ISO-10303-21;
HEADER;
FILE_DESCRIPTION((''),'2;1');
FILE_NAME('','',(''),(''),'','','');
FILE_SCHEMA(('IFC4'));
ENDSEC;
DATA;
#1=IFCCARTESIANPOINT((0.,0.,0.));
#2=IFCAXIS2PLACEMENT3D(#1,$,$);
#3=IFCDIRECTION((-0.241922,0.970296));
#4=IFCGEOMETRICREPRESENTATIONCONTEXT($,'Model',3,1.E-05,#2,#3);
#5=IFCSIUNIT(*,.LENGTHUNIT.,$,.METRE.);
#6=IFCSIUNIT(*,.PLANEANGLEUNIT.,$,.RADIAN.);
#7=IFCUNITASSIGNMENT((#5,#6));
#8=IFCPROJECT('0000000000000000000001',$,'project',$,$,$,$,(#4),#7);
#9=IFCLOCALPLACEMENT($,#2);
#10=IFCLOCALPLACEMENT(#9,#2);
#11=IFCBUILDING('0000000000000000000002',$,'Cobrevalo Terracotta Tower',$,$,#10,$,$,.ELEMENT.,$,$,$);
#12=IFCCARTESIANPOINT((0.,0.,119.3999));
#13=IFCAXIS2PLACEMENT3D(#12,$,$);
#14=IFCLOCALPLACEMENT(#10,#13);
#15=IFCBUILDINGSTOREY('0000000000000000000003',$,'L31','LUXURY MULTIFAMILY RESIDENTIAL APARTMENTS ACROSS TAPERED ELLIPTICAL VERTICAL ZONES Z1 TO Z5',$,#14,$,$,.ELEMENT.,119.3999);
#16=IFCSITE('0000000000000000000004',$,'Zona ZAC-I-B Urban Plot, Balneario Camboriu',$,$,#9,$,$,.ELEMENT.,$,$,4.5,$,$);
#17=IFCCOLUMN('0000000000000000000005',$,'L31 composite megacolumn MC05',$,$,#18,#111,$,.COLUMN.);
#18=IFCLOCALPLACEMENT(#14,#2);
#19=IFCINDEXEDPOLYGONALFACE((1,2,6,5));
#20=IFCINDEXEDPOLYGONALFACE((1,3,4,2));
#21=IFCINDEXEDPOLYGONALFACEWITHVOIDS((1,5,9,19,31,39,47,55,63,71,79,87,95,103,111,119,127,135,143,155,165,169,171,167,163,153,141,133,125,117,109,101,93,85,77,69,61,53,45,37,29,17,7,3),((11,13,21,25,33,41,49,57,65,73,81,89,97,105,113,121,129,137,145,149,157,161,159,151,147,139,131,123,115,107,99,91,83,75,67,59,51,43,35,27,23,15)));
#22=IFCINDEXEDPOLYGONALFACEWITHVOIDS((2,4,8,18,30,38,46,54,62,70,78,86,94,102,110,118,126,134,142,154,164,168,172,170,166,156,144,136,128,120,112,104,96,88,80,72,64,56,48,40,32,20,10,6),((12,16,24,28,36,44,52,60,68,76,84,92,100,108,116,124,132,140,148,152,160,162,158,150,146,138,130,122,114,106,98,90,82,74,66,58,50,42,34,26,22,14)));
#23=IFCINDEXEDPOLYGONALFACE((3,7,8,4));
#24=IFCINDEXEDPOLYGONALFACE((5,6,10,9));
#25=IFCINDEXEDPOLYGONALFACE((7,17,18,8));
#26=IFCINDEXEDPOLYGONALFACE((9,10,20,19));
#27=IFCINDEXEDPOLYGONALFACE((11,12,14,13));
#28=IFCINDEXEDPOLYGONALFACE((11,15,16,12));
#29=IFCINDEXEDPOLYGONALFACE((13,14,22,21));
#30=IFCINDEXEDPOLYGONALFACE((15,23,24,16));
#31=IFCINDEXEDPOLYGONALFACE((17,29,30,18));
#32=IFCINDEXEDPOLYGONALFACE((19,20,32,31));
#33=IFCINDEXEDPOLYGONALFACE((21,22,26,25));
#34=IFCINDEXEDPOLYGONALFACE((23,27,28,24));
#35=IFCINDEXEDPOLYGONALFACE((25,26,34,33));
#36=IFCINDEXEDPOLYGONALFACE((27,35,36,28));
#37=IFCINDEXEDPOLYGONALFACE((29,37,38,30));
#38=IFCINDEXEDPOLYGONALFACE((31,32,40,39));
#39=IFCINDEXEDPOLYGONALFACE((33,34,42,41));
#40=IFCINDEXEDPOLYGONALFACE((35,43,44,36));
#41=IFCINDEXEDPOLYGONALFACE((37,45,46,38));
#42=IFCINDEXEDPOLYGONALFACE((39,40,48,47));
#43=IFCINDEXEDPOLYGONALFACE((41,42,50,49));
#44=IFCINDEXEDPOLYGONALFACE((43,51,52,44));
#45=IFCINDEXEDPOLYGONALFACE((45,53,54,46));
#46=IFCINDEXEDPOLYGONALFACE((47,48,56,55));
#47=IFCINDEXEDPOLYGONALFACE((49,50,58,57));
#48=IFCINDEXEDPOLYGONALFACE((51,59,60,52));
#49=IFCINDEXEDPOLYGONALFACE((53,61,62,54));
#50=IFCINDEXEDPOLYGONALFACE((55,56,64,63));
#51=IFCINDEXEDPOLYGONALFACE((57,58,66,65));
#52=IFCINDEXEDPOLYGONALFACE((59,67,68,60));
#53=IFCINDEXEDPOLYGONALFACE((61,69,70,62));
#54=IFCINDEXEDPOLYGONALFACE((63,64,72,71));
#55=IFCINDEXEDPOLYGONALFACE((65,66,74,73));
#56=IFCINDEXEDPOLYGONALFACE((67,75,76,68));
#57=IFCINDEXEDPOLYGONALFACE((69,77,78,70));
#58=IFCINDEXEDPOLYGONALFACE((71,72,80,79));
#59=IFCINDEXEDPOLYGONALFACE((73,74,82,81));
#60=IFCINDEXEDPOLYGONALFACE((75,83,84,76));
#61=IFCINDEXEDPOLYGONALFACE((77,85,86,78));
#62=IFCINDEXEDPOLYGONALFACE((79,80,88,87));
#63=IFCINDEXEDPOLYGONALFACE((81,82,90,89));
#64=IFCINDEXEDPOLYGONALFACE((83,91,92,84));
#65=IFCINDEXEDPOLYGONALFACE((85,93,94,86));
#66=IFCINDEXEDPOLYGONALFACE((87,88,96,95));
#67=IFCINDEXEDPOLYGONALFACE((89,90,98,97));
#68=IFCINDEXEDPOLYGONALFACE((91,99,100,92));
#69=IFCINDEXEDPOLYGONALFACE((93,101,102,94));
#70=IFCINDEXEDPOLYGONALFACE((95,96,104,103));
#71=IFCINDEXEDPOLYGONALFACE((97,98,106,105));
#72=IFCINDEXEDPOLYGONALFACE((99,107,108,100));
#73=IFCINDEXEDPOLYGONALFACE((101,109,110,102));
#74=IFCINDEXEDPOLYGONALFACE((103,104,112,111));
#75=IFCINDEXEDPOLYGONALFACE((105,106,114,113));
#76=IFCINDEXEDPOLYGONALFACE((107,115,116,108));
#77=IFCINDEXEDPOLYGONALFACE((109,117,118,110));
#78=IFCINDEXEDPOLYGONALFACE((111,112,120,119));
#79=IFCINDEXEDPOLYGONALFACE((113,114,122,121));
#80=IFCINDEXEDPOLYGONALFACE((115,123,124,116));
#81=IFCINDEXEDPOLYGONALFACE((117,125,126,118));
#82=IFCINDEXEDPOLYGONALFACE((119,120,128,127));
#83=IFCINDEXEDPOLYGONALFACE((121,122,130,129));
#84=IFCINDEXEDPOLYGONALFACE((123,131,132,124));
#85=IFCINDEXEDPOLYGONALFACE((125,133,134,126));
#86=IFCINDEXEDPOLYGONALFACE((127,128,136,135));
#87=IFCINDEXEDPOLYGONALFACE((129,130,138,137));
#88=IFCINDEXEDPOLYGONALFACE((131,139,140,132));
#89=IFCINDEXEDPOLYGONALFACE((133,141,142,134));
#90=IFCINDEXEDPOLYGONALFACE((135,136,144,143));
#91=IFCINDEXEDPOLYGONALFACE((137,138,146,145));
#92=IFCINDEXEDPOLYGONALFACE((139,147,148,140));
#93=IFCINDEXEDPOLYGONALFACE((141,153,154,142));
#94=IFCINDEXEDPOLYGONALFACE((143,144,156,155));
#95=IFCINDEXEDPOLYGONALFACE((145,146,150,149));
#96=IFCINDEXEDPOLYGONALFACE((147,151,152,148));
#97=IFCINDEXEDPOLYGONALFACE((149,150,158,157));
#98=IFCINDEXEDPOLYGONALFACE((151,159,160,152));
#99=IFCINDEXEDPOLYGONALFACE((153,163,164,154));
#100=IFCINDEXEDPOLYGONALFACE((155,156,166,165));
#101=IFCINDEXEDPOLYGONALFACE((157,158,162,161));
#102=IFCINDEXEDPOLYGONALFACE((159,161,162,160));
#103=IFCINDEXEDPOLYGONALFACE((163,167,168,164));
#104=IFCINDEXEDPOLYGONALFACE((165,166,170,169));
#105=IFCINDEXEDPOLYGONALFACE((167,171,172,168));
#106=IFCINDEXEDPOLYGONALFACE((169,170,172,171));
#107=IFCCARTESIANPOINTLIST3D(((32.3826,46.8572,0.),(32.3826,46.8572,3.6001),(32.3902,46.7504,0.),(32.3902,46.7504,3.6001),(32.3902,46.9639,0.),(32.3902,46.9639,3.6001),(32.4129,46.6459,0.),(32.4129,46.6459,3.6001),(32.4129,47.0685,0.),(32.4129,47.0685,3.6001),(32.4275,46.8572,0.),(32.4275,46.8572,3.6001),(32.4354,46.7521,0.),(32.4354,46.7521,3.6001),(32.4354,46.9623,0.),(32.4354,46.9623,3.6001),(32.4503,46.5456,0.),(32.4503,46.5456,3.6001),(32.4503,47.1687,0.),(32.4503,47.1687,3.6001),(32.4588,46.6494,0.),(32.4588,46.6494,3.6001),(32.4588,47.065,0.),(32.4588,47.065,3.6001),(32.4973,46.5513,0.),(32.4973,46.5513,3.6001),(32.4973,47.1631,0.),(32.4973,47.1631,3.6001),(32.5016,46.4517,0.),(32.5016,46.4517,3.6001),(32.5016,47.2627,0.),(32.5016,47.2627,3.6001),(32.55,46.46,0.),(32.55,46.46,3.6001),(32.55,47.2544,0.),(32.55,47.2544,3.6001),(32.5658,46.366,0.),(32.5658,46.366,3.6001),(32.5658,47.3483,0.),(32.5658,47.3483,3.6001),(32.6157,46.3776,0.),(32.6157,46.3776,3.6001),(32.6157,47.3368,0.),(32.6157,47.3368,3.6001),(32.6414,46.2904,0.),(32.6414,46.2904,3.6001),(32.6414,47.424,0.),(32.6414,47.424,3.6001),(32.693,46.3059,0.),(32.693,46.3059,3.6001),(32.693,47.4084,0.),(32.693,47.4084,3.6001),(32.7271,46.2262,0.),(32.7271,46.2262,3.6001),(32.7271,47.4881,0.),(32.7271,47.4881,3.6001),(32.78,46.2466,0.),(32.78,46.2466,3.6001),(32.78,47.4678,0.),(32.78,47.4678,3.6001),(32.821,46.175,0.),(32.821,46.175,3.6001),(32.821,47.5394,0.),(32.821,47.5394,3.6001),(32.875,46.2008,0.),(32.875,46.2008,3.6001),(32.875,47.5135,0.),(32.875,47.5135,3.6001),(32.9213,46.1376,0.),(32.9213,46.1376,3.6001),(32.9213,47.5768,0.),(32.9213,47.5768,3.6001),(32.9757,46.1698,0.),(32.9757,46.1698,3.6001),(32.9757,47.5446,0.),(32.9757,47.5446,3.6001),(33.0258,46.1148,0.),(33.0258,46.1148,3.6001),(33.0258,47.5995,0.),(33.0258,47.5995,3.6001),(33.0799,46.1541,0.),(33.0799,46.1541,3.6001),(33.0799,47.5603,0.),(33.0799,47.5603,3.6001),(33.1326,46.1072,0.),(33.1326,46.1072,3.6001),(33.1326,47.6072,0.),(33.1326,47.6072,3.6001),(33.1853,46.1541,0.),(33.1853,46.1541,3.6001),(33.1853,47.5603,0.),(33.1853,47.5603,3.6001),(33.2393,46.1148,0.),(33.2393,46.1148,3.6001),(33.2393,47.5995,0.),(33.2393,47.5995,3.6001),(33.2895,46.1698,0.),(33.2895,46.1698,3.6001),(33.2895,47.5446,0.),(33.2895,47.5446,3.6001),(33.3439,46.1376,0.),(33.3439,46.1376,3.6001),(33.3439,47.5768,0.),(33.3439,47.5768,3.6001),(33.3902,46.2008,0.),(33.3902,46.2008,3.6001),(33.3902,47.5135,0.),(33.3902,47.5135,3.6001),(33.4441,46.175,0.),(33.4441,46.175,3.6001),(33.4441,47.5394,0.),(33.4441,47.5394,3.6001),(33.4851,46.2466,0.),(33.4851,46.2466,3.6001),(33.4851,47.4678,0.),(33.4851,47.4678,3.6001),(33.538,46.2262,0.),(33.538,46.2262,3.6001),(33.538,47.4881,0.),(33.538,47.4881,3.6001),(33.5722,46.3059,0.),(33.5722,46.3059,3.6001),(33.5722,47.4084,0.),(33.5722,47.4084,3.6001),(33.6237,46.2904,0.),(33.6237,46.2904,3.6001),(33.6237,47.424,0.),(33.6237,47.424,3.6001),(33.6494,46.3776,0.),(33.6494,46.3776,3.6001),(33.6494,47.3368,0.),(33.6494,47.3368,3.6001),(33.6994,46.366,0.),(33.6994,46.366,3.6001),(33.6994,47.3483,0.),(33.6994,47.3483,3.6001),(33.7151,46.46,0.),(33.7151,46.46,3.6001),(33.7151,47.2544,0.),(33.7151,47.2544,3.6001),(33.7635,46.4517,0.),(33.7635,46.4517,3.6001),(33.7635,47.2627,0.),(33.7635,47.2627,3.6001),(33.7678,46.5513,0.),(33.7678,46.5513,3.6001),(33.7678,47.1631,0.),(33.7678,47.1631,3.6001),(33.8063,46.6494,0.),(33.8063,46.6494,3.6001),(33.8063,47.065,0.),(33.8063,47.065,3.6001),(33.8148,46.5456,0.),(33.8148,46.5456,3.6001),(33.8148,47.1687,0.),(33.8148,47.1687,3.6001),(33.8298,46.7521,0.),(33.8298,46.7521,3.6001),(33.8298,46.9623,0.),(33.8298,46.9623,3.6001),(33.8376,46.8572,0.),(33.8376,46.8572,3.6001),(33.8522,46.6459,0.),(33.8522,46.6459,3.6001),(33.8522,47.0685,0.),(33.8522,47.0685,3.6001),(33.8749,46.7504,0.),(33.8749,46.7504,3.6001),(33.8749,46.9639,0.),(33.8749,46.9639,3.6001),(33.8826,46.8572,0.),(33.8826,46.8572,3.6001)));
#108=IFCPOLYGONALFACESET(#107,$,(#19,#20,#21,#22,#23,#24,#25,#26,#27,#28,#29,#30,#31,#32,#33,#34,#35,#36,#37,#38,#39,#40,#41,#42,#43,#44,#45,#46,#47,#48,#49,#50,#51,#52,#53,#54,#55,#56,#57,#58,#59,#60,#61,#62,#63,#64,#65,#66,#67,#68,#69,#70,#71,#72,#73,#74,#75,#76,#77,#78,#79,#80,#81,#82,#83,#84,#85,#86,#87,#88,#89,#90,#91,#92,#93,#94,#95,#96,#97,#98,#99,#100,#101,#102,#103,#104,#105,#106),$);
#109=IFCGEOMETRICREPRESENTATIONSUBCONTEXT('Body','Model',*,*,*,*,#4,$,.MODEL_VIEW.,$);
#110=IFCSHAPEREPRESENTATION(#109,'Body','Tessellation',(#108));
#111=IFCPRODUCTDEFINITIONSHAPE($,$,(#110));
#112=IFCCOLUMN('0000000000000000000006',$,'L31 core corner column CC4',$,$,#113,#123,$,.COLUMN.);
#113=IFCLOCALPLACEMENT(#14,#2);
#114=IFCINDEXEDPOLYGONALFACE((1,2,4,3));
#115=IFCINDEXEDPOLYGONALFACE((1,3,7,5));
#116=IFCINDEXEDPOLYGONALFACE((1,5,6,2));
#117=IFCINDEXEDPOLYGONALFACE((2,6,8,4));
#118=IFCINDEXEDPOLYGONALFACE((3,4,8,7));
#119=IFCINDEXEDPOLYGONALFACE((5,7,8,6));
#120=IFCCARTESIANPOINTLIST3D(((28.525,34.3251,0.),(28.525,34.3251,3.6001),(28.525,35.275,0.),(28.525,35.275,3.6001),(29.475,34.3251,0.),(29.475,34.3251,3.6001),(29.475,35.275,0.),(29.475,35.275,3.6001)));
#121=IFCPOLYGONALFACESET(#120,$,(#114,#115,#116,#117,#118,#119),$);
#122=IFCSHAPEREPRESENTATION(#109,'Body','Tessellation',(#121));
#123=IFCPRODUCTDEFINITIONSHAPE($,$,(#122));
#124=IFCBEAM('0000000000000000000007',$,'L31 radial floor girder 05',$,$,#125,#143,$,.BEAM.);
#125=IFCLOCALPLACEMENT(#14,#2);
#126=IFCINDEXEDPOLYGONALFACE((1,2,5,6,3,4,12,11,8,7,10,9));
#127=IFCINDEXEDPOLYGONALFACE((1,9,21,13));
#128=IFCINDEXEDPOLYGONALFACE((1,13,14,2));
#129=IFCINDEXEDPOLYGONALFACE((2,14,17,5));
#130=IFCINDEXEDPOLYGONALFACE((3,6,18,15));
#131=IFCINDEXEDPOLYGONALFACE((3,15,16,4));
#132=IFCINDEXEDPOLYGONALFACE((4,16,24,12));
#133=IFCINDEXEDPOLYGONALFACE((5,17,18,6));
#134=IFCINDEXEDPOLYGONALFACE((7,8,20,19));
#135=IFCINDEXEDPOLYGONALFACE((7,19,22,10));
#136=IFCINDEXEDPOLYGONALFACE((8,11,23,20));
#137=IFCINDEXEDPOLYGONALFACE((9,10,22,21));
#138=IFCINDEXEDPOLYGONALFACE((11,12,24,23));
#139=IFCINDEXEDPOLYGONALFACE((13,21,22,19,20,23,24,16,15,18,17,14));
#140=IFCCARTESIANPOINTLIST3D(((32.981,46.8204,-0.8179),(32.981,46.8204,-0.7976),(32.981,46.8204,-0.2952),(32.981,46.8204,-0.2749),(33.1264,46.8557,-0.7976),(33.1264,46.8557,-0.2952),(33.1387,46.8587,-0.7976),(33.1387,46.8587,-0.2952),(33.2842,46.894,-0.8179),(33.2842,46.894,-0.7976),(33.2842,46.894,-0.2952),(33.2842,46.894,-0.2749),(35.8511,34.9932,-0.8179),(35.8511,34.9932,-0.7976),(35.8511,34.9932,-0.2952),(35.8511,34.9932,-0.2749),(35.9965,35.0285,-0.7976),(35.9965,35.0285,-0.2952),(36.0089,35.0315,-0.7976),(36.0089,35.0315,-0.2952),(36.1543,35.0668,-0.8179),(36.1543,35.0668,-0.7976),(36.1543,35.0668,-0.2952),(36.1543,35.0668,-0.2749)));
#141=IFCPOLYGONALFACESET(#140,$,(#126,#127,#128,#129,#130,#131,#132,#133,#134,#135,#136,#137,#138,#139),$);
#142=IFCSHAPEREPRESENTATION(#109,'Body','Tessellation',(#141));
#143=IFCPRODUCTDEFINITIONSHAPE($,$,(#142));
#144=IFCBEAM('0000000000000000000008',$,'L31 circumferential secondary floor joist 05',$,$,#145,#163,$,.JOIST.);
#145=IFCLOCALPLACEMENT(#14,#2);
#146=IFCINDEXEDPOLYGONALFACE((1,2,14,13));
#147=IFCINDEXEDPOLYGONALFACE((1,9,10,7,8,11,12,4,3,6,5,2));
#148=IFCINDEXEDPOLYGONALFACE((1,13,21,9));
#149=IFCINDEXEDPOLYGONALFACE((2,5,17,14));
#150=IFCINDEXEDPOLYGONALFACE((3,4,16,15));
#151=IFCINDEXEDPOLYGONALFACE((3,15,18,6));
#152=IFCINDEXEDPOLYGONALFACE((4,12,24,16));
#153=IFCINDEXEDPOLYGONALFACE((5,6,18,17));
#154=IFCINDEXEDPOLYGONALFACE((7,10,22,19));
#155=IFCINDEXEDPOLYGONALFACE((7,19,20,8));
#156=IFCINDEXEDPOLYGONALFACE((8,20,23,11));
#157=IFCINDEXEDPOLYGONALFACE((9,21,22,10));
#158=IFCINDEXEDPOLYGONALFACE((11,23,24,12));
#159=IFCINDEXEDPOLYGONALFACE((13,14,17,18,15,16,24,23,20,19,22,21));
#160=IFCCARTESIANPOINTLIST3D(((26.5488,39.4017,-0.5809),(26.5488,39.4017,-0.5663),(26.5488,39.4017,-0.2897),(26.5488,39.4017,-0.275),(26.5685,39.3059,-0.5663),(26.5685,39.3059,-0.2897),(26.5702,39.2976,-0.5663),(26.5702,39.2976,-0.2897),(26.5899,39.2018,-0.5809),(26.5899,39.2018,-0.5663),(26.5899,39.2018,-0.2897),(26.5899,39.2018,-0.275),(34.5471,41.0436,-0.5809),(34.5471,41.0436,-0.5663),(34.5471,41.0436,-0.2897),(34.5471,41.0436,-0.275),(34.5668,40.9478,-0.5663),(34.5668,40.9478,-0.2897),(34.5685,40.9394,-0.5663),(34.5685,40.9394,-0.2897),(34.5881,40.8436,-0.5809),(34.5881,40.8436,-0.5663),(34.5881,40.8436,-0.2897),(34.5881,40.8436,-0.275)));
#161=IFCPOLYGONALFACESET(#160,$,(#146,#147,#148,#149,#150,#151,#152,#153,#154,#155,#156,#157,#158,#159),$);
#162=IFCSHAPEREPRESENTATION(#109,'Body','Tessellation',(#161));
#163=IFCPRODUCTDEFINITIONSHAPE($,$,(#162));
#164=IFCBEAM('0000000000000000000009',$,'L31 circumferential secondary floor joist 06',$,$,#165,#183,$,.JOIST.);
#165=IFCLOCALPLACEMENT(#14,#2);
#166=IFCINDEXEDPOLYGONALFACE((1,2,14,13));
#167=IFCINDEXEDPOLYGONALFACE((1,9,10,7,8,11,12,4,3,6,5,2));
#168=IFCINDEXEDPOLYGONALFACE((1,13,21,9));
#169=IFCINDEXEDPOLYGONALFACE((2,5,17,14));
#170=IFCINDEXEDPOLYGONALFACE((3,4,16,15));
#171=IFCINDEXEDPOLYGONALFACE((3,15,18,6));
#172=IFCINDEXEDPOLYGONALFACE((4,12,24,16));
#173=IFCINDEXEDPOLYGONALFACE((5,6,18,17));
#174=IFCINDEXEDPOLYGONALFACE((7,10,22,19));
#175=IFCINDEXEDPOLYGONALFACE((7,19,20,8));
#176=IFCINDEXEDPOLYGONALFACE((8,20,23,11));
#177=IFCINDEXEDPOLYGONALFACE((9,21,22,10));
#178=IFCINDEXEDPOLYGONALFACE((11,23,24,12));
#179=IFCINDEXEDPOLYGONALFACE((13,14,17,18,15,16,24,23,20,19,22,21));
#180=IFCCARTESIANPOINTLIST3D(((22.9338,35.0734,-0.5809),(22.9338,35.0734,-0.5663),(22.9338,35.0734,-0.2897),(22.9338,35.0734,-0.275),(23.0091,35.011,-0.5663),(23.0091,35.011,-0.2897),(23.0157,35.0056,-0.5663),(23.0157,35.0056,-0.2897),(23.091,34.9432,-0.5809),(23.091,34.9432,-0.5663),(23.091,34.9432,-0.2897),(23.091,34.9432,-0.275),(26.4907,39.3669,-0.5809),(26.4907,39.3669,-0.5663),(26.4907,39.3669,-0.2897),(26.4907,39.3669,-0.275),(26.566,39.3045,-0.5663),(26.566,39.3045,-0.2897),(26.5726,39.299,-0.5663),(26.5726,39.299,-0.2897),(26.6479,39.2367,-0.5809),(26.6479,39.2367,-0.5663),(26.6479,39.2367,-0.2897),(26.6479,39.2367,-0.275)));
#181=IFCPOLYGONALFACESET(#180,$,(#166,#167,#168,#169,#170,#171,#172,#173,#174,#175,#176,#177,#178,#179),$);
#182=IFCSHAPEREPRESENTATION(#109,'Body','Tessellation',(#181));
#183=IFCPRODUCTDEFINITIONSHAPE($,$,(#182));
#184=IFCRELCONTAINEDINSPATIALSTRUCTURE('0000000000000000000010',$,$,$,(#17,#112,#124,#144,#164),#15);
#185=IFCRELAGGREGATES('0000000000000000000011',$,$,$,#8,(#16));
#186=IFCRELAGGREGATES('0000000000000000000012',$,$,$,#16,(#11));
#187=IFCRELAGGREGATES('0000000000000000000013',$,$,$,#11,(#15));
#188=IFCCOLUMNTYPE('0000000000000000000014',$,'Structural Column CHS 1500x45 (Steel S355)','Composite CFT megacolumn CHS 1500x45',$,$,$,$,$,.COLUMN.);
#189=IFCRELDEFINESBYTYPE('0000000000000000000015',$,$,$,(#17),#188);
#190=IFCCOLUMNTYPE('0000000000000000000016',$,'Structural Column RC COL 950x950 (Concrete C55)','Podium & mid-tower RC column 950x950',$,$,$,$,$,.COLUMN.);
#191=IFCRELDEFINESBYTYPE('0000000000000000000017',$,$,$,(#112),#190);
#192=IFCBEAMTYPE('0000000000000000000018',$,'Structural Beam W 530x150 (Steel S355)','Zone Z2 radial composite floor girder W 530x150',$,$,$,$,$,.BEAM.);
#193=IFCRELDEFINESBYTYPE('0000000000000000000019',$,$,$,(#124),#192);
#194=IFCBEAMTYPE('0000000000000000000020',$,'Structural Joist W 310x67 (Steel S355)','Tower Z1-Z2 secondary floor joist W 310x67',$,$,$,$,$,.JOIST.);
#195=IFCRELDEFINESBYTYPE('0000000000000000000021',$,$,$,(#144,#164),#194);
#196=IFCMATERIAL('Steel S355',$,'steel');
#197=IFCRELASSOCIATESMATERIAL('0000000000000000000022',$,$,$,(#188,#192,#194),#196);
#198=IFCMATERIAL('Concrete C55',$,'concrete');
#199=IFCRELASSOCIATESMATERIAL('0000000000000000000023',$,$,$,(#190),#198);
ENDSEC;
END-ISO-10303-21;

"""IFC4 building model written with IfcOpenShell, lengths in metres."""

from ifc_helpers import new_model, si_unit, direction, frame, origin, origin_2d, place, context, subcontext, project, spatial, rectangle, hollow_circle, i_section, extrude, material, material_profile, profile_set, type_object, element, save


model = new_model("IFC4")

# Units and contexts
model_context = context("Model", 3, precision=1e-05, world=origin(), true_north=direction((-0.241922, 0.970296)))
body_context = subcontext(model_context, "Body", "Model", "MODEL_VIEW")
ifc_project = project(units=[si_unit("LENGTHUNIT", "METRE"), si_unit("PLANEANGLEUNIT", "RADIAN")], contexts=[model_context])

# Site, building, storey
site_placement = place(None, origin())
site = spatial("IfcSite", under=ifc_project, at=site_placement, Name="Zona ZAC-I-B Urban Plot, Balneario Camboriu", CompositionType="ELEMENT", RefElevation=4.5)
building_placement = place(site_placement, origin())
building = spatial("IfcBuilding", under=site, at=building_placement, Name="Cobrevalo Terracotta Tower", CompositionType="ELEMENT")
storey_placement = place(building_placement, frame((0.0, 0.0, 119.3999)))
storey = spatial("IfcBuildingStorey", under=building, at=storey_placement, Name="L31", Description="LUXURY MULTIFAMILY RESIDENTIAL APARTMENTS ACROSS TAPERED ELLIPTICAL VERTICAL ZONES Z1 TO Z5", CompositionType="ELEMENT", Elevation=119.3999)

# Columns
ifc_material_1 = material(Name="Steel S355", Category="steel")
ifc_material_profile_1 = material_profile(ifc_material_1, hollow_circle(Radius=0.75, WallThickness=0.0449, at=origin_2d()), Name="CHS 1500x45")
ifc_profile_set_1 = profile_set([ifc_material_profile_1], Name="Steel S355")
column_type_1 = type_object("IfcColumnType", Name="Structural Column CHS 1500x45 (Steel S355)", Description="Composite CFT megacolumn CHS 1500x45", PredefinedType="COLUMN", material=ifc_profile_set_1)
column_1_placement = place(storey_placement, frame((33.1326, 46.8572, 0.0), z_axis=(0.0, 0.0, 1.0), x_axis=(1.0, 0.0, 0.0)))
element("IfcColumn", 1, at=column_1_placement, inside=storey, type_object=column_type_1, Name="L31 composite megacolumn MC05", PredefinedType="COLUMN", context=body_context, shape_type="SweptSolid", body=[
    extrude(hollow_circle(Radius=0.75, WallThickness=0.0449, at=origin_2d()), origin(), (0.0, 0.0, 1.0), 3.6001),
])
ifc_material_2 = material(Name="Concrete C55", Category="concrete")
ifc_material_profile_2 = material_profile(ifc_material_2, rectangle(XDim=0.95, YDim=0.95, at=origin_2d()), Name="RC COL 950x950")
ifc_profile_set_2 = profile_set([ifc_material_profile_2], Name="Concrete C55")
column_type_2 = type_object("IfcColumnType", Name="Structural Column RC COL 950x950 (Concrete C55)", Description="Podium & mid-tower RC column 950x950", PredefinedType="COLUMN", material=ifc_profile_set_2)
column_2_placement = place(storey_placement, frame((29.0, 34.8, 0.0), z_axis=(0.0, 0.0, 1.0), x_axis=(1.0, 0.0, 0.0)))
element("IfcColumn", 2, at=column_2_placement, inside=storey, type_object=column_type_2, Name="L31 core corner column CC4", PredefinedType="COLUMN", context=body_context, shape_type="SweptSolid", body=[
    extrude(rectangle(XDim=0.95, YDim=0.95, at=origin_2d()), origin(), (0.0, 0.0, 1.0), 3.6001),
])

# Beams
ifc_material_profile_3 = material_profile(ifc_material_1, i_section(OverallWidth=0.312, OverallDepth=0.543, WebThickness=0.0127, FlangeThickness=0.0203, at=origin_2d()), Name="W 530x150")
ifc_profile_set_3 = profile_set([ifc_material_profile_3], Name="Steel S355")
beam_type_1 = type_object("IfcBeamType", Name="Structural Beam W 530x150 (Steel S355)", Description="Zone Z2 radial composite floor girder W 530x150", PredefinedType="BEAM", material=ifc_profile_set_3)
beam_1_placement = place(storey_placement, frame((33.1326, 46.8572, -0.5464), z_axis=(0.235827, -0.971795, 0.0), x_axis=(0.971795, 0.235827, 0.0)))
element("IfcBeam", 3, at=beam_1_placement, inside=storey, type_object=beam_type_1, Name="L31 radial floor girder 05", PredefinedType="BEAM", context=body_context, shape_type="SweptSolid", body=[
    extrude(i_section(OverallWidth=0.312, OverallDepth=0.543, WebThickness=0.0127, FlangeThickness=0.0203, at=origin_2d()), origin(), (0.0, 0.0, 1.0), 12.1704),
])
ifc_material_profile_4 = material_profile(ifc_material_1, i_section(OverallWidth=0.2041, OverallDepth=0.3059, WebThickness=0.0085, FlangeThickness=0.0146, at=origin_2d()), Name="W 310x67")
ifc_profile_set_4 = profile_set([ifc_material_profile_4], Name="Steel S355")
beam_type_2 = type_object("IfcBeamType", Name="Structural Joist W 310x67 (Steel S355)", Description="Tower Z1-Z2 secondary floor joist W 310x67", PredefinedType="JOIST", material=ifc_profile_set_4)
beam_2_placement = place(storey_placement, frame((34.5676, 40.9436, -0.428), z_axis=(-0.979574, -0.201082, 0.0), x_axis=(0.201082, -0.979574, 0.0)))
element("IfcBeam", 4, at=beam_2_placement, inside=storey, type_object=beam_type_2, Name="L31 circumferential secondary floor joist 05", PredefinedType="JOIST", context=body_context, shape_type="SweptSolid", body=[
    extrude(i_section(OverallWidth=0.2041, OverallDepth=0.3059, WebThickness=0.0085, FlangeThickness=0.0146, at=origin_2d()), origin(), (0.0, 0.0, 1.0), 8.165),
])
beam_3_placement = place(storey_placement, frame((26.5693, 39.3018, -0.428), z_axis=(-0.637959, -0.77007, 0.0), x_axis=(0.77007, -0.637959, 0.0)))
element("IfcBeam", 5, at=beam_3_placement, inside=storey, type_object=beam_type_2, Name="L31 circumferential secondary floor joist 06", PredefinedType="JOIST", context=body_context, shape_type="SweptSolid", body=[
    extrude(i_section(OverallWidth=0.2041, OverallDepth=0.3059, WebThickness=0.0085, FlangeThickness=0.0146, at=origin_2d()), origin(), (0.0, 0.0, 1.0), 5.5754),
])

save(model, "model.ifc")
